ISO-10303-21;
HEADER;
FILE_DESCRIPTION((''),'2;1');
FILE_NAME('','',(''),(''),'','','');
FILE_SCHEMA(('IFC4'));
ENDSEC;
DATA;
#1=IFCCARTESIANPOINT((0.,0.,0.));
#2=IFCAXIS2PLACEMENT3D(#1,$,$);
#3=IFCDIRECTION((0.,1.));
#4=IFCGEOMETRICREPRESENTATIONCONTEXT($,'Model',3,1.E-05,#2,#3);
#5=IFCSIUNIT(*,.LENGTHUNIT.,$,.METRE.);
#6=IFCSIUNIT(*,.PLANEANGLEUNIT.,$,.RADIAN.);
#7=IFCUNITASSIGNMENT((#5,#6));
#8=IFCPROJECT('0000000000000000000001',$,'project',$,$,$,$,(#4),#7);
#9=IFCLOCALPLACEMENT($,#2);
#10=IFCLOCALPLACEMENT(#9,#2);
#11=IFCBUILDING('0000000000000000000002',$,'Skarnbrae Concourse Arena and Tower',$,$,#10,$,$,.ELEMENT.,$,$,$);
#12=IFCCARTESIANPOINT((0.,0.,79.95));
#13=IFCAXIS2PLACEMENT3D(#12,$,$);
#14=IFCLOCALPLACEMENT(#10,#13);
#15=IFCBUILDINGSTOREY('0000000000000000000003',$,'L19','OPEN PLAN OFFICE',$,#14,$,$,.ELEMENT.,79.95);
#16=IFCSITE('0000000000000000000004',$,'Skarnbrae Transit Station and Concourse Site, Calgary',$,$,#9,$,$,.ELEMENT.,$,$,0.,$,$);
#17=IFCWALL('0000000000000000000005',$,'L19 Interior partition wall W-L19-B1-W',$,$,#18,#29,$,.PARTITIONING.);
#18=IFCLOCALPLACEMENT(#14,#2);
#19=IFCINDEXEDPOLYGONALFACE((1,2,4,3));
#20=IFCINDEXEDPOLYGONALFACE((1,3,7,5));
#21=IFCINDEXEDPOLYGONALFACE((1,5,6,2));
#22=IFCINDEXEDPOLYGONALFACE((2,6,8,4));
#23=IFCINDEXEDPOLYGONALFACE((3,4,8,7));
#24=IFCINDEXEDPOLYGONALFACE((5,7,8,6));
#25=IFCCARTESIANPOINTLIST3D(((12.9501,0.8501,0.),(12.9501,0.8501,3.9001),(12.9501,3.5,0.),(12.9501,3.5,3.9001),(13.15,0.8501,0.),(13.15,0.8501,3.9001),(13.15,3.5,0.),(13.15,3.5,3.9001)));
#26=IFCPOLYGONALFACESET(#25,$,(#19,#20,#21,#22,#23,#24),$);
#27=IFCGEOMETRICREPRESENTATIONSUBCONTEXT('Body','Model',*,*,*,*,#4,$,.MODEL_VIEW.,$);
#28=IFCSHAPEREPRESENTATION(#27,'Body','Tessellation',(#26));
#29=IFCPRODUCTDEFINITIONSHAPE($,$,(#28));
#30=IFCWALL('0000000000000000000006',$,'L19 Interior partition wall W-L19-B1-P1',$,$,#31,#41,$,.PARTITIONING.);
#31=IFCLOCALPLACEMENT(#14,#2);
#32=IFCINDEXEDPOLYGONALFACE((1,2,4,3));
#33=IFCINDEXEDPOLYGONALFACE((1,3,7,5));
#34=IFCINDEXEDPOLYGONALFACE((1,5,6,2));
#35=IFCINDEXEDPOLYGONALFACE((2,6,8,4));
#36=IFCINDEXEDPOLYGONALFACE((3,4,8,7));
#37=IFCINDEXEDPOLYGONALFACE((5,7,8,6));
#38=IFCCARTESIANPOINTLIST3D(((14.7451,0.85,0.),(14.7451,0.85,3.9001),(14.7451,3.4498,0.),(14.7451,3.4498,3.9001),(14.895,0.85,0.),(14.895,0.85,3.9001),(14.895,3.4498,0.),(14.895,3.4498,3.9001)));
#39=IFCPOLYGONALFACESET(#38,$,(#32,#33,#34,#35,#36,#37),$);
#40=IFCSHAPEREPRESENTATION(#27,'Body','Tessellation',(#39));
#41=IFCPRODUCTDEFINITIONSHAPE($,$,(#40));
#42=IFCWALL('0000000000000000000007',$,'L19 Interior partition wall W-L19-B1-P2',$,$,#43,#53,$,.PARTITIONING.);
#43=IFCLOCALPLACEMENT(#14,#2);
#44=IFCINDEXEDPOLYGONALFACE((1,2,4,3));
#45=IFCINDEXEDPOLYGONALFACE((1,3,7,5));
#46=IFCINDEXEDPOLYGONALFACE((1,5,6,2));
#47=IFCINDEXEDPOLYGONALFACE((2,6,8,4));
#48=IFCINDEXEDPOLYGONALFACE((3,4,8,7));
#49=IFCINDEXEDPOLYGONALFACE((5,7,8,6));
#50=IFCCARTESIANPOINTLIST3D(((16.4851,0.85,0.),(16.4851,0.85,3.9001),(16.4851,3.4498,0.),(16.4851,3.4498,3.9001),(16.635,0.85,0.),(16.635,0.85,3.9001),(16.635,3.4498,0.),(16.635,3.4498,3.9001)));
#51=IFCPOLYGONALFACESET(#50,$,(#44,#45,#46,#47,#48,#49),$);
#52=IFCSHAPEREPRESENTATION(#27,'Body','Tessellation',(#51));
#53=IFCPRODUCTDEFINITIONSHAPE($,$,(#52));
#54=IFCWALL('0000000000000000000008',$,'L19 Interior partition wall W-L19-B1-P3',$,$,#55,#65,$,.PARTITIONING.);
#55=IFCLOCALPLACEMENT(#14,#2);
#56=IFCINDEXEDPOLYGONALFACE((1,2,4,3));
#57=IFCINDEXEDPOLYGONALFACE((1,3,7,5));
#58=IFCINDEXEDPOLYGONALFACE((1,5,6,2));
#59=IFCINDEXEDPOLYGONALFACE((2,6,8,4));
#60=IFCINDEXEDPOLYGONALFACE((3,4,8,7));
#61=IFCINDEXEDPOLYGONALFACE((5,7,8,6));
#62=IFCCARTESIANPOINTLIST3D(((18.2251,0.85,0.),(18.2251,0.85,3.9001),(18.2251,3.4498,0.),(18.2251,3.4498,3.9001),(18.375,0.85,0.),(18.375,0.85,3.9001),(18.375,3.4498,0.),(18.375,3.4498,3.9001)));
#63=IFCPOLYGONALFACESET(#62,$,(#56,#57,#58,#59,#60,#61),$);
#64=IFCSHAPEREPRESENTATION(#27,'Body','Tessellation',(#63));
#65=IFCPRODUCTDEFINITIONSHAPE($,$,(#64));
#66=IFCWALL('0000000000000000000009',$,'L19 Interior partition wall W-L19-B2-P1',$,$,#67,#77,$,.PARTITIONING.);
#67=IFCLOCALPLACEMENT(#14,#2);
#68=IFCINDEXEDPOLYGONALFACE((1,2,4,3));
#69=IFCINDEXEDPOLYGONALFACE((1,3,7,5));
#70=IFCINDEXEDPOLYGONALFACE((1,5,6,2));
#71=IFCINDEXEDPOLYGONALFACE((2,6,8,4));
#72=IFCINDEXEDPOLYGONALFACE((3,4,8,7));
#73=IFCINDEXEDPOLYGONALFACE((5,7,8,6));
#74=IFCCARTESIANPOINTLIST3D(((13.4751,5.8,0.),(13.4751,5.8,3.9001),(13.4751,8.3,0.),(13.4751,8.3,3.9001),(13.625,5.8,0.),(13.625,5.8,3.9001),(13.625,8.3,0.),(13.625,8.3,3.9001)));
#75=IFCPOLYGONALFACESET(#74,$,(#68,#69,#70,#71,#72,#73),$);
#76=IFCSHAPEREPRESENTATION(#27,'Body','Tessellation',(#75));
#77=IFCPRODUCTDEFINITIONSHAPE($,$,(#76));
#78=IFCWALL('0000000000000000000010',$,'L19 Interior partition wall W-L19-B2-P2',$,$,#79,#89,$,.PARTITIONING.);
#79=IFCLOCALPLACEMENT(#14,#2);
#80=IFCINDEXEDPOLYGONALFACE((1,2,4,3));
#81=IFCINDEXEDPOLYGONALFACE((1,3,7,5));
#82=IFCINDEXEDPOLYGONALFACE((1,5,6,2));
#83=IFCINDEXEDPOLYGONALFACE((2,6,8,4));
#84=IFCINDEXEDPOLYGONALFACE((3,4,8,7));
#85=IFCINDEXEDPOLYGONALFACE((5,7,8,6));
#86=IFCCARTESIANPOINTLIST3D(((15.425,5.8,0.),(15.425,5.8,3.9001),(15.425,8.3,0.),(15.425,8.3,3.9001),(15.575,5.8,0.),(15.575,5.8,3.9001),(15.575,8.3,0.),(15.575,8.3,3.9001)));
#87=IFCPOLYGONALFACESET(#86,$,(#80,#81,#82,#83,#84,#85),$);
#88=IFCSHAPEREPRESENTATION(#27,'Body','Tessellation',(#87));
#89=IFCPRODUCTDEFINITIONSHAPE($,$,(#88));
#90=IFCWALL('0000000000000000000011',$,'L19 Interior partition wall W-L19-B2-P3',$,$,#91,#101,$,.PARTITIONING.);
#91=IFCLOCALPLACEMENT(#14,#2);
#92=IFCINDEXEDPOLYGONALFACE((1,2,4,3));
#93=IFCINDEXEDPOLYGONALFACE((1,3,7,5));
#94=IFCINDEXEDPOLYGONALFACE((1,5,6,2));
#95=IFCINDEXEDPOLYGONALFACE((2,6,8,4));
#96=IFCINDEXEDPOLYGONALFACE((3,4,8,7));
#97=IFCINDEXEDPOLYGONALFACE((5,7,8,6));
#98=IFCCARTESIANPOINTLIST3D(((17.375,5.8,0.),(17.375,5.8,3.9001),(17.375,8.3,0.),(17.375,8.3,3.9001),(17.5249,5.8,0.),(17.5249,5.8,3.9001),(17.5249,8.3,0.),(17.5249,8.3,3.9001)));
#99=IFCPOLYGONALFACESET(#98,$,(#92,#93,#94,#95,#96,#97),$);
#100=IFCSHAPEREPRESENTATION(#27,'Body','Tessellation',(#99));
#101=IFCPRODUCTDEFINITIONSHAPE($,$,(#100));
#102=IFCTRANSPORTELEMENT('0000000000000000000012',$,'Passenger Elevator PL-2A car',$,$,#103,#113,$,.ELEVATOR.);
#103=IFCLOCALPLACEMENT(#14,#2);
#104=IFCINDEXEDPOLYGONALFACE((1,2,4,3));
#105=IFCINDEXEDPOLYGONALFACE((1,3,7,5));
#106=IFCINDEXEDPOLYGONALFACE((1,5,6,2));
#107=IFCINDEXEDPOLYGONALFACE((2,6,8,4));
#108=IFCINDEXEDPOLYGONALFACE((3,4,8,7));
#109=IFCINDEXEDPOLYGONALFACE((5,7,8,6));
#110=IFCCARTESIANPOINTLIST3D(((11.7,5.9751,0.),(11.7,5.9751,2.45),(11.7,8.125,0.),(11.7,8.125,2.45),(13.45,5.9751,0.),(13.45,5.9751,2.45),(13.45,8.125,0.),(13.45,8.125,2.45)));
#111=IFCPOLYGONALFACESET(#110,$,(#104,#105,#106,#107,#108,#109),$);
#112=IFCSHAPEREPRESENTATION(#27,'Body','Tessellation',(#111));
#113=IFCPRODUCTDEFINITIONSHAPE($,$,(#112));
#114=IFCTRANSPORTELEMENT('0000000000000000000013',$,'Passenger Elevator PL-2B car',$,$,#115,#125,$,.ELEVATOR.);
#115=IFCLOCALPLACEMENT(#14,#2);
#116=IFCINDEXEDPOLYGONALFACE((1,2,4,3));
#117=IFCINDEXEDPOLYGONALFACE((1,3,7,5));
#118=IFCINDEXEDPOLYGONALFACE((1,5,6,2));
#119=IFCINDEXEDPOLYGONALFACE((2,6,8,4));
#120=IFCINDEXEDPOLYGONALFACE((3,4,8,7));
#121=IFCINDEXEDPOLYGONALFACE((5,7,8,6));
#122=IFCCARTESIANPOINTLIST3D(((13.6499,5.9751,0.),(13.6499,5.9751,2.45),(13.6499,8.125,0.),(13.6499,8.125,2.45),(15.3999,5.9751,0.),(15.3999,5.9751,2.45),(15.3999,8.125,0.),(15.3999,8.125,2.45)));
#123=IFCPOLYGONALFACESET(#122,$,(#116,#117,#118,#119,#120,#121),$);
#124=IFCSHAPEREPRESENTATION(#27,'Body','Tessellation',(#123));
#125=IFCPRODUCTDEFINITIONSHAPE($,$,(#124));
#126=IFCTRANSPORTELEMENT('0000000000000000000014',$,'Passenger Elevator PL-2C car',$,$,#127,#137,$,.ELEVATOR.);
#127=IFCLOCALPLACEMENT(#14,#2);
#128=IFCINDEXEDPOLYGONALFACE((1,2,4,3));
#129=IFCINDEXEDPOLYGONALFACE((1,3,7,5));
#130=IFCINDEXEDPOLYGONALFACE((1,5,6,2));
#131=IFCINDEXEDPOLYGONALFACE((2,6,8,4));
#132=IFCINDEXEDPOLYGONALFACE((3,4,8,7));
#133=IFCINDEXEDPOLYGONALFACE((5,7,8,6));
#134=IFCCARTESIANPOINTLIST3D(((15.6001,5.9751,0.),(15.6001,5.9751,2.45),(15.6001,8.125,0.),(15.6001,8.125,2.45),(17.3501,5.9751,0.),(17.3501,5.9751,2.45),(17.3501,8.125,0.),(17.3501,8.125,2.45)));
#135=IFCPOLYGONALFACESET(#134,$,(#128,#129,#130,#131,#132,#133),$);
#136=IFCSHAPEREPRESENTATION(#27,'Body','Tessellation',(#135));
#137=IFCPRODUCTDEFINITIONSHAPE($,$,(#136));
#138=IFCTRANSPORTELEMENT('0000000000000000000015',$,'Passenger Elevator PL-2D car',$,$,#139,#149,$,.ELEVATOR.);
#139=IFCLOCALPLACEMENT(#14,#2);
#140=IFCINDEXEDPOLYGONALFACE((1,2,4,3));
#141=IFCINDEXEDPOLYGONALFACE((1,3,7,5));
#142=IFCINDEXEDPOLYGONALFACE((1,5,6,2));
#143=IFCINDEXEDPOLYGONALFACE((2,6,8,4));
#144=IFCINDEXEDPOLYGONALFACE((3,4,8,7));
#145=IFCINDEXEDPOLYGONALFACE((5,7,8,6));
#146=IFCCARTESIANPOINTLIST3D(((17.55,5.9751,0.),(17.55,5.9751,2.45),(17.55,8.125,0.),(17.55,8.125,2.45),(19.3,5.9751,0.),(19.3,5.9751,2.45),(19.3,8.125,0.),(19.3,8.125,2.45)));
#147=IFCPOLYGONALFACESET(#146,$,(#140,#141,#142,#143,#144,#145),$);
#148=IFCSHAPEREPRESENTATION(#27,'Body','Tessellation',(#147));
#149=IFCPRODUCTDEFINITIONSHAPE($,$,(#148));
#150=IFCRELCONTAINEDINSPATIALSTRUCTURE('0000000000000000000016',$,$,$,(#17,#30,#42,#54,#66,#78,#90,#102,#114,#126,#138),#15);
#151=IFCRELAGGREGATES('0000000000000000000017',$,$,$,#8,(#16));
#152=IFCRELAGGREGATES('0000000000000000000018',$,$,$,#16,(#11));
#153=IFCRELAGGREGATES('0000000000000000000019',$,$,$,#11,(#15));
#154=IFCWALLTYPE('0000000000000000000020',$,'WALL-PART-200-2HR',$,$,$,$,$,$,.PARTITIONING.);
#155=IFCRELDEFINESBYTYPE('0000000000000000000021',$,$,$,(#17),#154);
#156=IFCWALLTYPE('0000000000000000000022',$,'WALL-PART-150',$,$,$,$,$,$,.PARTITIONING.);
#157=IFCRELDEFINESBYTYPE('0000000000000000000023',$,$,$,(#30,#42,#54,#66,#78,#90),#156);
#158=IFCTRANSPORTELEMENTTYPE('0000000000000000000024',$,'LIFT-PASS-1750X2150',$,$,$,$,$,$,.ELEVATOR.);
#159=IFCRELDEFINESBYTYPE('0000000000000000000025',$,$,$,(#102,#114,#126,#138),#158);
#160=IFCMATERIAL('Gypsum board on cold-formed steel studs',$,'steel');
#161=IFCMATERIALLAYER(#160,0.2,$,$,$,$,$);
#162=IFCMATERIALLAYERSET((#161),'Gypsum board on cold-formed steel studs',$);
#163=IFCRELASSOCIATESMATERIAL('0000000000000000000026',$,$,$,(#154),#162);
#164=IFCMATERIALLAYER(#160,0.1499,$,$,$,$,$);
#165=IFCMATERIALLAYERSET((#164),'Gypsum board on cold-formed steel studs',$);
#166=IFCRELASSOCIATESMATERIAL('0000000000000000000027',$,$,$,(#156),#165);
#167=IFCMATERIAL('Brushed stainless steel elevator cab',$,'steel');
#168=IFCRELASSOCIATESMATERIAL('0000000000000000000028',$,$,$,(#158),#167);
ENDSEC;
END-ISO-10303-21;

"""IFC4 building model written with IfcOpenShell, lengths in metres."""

from ifc_helpers import new_model, si_unit, direction, frame, frame_2d, origin, origin_2d, place, context, subcontext, project, spatial, rectangle, extrude, source, transform, mapped, material, layer, layer_set, type_object, element, save


model = new_model("IFC4")

# Units and contexts
model_context = context("Model", 3, precision=1e-05, world=origin(), true_north=direction((0.0, 1.0)))
body_context = subcontext(model_context, "Body", "Model", "MODEL_VIEW")
ifc_project = project(units=[si_unit("LENGTHUNIT", "METRE"), si_unit("PLANEANGLEUNIT", "RADIAN")], contexts=[model_context])

# Site, building, storey
site_placement = place(None, origin())
site = spatial("IfcSite", under=ifc_project, at=site_placement, Name="Skarnbrae Transit Station and Concourse Site, Calgary", CompositionType="ELEMENT", RefElevation=0.0)
building_placement = place(site_placement, origin())
building = spatial("IfcBuilding", under=site, at=building_placement, Name="Skarnbrae Concourse Arena and Tower", CompositionType="ELEMENT")
storey_placement = place(building_placement, frame((0.0, 0.0, 79.95)))
storey = spatial("IfcBuildingStorey", under=building, at=storey_placement, Name="L19", Description="OPEN PLAN OFFICE", CompositionType="ELEMENT", Elevation=79.95)

# Wall
ifc_material_1 = material(Name="Gypsum board on cold-formed steel studs", Category="steel")
ifc_layer_1 = layer(ifc_material_1, 0.2)
ifc_layer_set_1 = layer_set([ifc_layer_1], Name="Gypsum board on cold-formed steel studs")
wall_type_1 = type_object("IfcWallType", Name="WALL-PART-200-2HR", PredefinedType="PARTITIONING", material=ifc_layer_set_1)
shared_shape_1 = source(origin(), body_context, "Body", "SweptSolid", [
    extrude(rectangle(XDim=2.6499, YDim=0.2, at=frame_2d((1.325, 0.0))), origin(), (0.0, 0.0, 1.0), 3.9001),
])
wall_1_placement = place(storey_placement, frame((13.05, 0.8501, 0.0), z_axis=(0.0, 0.0, 1.0), x_axis=(0.0, 1.0, 0.0)))
element("IfcWall", 1, at=wall_1_placement, inside=storey, type_object=wall_type_1, Name="L19 Interior partition wall W-L19-B1-W", PredefinedType="PARTITIONING", context=body_context, shape_type="MappedRepresentation", body=[
    mapped(shared_shape_1, transform((0.0, 0.0, 0.0))),
])

# Walls
ifc_layer_2 = layer(ifc_material_1, 0.1499)
ifc_layer_set_2 = layer_set([ifc_layer_2], Name="Gypsum board on cold-formed steel studs")
wall_type_2 = type_object("IfcWallType", Name="WALL-PART-150", PredefinedType="PARTITIONING", material=ifc_layer_set_2)
shared_shape_2 = source(origin(), body_context, "Body", "SweptSolid", [
    extrude(rectangle(XDim=2.5999, YDim=0.1499, at=frame_2d((1.2998, 0.0))), origin(), (0.0, 0.0, 1.0), 3.9001),
])
for number, where, z_axis, x_axis, name in (
    (2, (14.8201, 0.8501, 0.0), (0.0, 0.0, 1.0), (0.0, 1.0, 0.0), "L19 Interior partition wall W-L19-B1-P1"),
    (3, (16.5601, 0.8501, 0.0), (0.0, 0.0, 1.0), (0.0, 1.0, 0.0), "L19 Interior partition wall W-L19-B1-P2"),
    (4, (18.3, 0.8501, 0.0), (0.0, 0.0, 1.0), (0.0, 1.0, 0.0), "L19 Interior partition wall W-L19-B1-P3"),
):
    element("IfcWall", number, at=place(storey_placement, frame(where, z_axis=z_axis, x_axis=x_axis)), inside=storey, type_object=wall_type_2, Name=name, PredefinedType="PARTITIONING", context=body_context, shape_type="MappedRepresentation", body=[
        mapped(shared_shape_2, transform((0.0, 0.0, 0.0))),
    ])

# Walls
shared_shape_3 = source(origin(), body_context, "Body", "SweptSolid", [
    extrude(rectangle(XDim=2.5, YDim=0.1499, at=frame_2d((1.25, 0.0))), origin(), (0.0, 0.0, 1.0), 3.9001),
])
for number, where, z_axis, x_axis, name in (
    (5, (13.55, 5.8, 0.0), (0.0, 0.0, 1.0), (0.0, 1.0, 0.0), "L19 Interior partition wall W-L19-B2-P1"),
    (6, (15.5, 5.8, 0.0), (0.0, 0.0, 1.0), (0.0, 1.0, 0.0), "L19 Interior partition wall W-L19-B2-P2"),
    (7, (17.45, 5.8, 0.0), (0.0, 0.0, 1.0), (0.0, 1.0, 0.0), "L19 Interior partition wall W-L19-B2-P3"),
):
    element("IfcWall", number, at=place(storey_placement, frame(where, z_axis=z_axis, x_axis=x_axis)), inside=storey, type_object=wall_type_2, Name=name, PredefinedType="PARTITIONING", context=body_context, shape_type="MappedRepresentation", body=[
        mapped(shared_shape_3, transform((0.0, 0.0, 0.0))),
    ])

# Transport elements
ifc_material_2 = material(Name="Brushed stainless steel elevator cab", Category="steel")
transport_element_type = type_object("IfcTransportElementType", Name="LIFT-PASS-1750X2150", PredefinedType="ELEVATOR", material=ifc_material_2)
shared_shape_4 = source(origin(), body_context, "Body", "SweptSolid", [
    extrude(rectangle(XDim=1.75, YDim=2.1499, at=origin_2d()), origin(), (0.0, 0.0, 1.0), 2.45),
])
for number, where, z_axis, x_axis, name in (
    (8, (12.575, 7.05, 0.0), (0.0, 0.0, 1.0), (1.0, 0.0, 0.0), "Passenger Elevator PL-2A car"),
    (9, (14.5249, 7.05, 0.0), (0.0, 0.0, 1.0), (1.0, 0.0, 0.0), "Passenger Elevator PL-2B car"),
    (10, (16.4751, 7.05, 0.0), (0.0, 0.0, 1.0), (1.0, 0.0, 0.0), "Passenger Elevator PL-2C car"),
    (11, (18.425, 7.05, 0.0), (0.0, 0.0, 1.0), (1.0, 0.0, 0.0), "Passenger Elevator PL-2D car"),
):
    element("IfcTransportElement", number, at=place(storey_placement, frame(where, z_axis=z_axis, x_axis=x_axis)), inside=storey, type_object=transport_element_type, Name=name, PredefinedType="ELEVATOR", context=body_context, shape_type="MappedRepresentation", body=[
        mapped(shared_shape_4, transform((0.0, 0.0, 0.0))),
    ])

save(model, "model.ifc")
